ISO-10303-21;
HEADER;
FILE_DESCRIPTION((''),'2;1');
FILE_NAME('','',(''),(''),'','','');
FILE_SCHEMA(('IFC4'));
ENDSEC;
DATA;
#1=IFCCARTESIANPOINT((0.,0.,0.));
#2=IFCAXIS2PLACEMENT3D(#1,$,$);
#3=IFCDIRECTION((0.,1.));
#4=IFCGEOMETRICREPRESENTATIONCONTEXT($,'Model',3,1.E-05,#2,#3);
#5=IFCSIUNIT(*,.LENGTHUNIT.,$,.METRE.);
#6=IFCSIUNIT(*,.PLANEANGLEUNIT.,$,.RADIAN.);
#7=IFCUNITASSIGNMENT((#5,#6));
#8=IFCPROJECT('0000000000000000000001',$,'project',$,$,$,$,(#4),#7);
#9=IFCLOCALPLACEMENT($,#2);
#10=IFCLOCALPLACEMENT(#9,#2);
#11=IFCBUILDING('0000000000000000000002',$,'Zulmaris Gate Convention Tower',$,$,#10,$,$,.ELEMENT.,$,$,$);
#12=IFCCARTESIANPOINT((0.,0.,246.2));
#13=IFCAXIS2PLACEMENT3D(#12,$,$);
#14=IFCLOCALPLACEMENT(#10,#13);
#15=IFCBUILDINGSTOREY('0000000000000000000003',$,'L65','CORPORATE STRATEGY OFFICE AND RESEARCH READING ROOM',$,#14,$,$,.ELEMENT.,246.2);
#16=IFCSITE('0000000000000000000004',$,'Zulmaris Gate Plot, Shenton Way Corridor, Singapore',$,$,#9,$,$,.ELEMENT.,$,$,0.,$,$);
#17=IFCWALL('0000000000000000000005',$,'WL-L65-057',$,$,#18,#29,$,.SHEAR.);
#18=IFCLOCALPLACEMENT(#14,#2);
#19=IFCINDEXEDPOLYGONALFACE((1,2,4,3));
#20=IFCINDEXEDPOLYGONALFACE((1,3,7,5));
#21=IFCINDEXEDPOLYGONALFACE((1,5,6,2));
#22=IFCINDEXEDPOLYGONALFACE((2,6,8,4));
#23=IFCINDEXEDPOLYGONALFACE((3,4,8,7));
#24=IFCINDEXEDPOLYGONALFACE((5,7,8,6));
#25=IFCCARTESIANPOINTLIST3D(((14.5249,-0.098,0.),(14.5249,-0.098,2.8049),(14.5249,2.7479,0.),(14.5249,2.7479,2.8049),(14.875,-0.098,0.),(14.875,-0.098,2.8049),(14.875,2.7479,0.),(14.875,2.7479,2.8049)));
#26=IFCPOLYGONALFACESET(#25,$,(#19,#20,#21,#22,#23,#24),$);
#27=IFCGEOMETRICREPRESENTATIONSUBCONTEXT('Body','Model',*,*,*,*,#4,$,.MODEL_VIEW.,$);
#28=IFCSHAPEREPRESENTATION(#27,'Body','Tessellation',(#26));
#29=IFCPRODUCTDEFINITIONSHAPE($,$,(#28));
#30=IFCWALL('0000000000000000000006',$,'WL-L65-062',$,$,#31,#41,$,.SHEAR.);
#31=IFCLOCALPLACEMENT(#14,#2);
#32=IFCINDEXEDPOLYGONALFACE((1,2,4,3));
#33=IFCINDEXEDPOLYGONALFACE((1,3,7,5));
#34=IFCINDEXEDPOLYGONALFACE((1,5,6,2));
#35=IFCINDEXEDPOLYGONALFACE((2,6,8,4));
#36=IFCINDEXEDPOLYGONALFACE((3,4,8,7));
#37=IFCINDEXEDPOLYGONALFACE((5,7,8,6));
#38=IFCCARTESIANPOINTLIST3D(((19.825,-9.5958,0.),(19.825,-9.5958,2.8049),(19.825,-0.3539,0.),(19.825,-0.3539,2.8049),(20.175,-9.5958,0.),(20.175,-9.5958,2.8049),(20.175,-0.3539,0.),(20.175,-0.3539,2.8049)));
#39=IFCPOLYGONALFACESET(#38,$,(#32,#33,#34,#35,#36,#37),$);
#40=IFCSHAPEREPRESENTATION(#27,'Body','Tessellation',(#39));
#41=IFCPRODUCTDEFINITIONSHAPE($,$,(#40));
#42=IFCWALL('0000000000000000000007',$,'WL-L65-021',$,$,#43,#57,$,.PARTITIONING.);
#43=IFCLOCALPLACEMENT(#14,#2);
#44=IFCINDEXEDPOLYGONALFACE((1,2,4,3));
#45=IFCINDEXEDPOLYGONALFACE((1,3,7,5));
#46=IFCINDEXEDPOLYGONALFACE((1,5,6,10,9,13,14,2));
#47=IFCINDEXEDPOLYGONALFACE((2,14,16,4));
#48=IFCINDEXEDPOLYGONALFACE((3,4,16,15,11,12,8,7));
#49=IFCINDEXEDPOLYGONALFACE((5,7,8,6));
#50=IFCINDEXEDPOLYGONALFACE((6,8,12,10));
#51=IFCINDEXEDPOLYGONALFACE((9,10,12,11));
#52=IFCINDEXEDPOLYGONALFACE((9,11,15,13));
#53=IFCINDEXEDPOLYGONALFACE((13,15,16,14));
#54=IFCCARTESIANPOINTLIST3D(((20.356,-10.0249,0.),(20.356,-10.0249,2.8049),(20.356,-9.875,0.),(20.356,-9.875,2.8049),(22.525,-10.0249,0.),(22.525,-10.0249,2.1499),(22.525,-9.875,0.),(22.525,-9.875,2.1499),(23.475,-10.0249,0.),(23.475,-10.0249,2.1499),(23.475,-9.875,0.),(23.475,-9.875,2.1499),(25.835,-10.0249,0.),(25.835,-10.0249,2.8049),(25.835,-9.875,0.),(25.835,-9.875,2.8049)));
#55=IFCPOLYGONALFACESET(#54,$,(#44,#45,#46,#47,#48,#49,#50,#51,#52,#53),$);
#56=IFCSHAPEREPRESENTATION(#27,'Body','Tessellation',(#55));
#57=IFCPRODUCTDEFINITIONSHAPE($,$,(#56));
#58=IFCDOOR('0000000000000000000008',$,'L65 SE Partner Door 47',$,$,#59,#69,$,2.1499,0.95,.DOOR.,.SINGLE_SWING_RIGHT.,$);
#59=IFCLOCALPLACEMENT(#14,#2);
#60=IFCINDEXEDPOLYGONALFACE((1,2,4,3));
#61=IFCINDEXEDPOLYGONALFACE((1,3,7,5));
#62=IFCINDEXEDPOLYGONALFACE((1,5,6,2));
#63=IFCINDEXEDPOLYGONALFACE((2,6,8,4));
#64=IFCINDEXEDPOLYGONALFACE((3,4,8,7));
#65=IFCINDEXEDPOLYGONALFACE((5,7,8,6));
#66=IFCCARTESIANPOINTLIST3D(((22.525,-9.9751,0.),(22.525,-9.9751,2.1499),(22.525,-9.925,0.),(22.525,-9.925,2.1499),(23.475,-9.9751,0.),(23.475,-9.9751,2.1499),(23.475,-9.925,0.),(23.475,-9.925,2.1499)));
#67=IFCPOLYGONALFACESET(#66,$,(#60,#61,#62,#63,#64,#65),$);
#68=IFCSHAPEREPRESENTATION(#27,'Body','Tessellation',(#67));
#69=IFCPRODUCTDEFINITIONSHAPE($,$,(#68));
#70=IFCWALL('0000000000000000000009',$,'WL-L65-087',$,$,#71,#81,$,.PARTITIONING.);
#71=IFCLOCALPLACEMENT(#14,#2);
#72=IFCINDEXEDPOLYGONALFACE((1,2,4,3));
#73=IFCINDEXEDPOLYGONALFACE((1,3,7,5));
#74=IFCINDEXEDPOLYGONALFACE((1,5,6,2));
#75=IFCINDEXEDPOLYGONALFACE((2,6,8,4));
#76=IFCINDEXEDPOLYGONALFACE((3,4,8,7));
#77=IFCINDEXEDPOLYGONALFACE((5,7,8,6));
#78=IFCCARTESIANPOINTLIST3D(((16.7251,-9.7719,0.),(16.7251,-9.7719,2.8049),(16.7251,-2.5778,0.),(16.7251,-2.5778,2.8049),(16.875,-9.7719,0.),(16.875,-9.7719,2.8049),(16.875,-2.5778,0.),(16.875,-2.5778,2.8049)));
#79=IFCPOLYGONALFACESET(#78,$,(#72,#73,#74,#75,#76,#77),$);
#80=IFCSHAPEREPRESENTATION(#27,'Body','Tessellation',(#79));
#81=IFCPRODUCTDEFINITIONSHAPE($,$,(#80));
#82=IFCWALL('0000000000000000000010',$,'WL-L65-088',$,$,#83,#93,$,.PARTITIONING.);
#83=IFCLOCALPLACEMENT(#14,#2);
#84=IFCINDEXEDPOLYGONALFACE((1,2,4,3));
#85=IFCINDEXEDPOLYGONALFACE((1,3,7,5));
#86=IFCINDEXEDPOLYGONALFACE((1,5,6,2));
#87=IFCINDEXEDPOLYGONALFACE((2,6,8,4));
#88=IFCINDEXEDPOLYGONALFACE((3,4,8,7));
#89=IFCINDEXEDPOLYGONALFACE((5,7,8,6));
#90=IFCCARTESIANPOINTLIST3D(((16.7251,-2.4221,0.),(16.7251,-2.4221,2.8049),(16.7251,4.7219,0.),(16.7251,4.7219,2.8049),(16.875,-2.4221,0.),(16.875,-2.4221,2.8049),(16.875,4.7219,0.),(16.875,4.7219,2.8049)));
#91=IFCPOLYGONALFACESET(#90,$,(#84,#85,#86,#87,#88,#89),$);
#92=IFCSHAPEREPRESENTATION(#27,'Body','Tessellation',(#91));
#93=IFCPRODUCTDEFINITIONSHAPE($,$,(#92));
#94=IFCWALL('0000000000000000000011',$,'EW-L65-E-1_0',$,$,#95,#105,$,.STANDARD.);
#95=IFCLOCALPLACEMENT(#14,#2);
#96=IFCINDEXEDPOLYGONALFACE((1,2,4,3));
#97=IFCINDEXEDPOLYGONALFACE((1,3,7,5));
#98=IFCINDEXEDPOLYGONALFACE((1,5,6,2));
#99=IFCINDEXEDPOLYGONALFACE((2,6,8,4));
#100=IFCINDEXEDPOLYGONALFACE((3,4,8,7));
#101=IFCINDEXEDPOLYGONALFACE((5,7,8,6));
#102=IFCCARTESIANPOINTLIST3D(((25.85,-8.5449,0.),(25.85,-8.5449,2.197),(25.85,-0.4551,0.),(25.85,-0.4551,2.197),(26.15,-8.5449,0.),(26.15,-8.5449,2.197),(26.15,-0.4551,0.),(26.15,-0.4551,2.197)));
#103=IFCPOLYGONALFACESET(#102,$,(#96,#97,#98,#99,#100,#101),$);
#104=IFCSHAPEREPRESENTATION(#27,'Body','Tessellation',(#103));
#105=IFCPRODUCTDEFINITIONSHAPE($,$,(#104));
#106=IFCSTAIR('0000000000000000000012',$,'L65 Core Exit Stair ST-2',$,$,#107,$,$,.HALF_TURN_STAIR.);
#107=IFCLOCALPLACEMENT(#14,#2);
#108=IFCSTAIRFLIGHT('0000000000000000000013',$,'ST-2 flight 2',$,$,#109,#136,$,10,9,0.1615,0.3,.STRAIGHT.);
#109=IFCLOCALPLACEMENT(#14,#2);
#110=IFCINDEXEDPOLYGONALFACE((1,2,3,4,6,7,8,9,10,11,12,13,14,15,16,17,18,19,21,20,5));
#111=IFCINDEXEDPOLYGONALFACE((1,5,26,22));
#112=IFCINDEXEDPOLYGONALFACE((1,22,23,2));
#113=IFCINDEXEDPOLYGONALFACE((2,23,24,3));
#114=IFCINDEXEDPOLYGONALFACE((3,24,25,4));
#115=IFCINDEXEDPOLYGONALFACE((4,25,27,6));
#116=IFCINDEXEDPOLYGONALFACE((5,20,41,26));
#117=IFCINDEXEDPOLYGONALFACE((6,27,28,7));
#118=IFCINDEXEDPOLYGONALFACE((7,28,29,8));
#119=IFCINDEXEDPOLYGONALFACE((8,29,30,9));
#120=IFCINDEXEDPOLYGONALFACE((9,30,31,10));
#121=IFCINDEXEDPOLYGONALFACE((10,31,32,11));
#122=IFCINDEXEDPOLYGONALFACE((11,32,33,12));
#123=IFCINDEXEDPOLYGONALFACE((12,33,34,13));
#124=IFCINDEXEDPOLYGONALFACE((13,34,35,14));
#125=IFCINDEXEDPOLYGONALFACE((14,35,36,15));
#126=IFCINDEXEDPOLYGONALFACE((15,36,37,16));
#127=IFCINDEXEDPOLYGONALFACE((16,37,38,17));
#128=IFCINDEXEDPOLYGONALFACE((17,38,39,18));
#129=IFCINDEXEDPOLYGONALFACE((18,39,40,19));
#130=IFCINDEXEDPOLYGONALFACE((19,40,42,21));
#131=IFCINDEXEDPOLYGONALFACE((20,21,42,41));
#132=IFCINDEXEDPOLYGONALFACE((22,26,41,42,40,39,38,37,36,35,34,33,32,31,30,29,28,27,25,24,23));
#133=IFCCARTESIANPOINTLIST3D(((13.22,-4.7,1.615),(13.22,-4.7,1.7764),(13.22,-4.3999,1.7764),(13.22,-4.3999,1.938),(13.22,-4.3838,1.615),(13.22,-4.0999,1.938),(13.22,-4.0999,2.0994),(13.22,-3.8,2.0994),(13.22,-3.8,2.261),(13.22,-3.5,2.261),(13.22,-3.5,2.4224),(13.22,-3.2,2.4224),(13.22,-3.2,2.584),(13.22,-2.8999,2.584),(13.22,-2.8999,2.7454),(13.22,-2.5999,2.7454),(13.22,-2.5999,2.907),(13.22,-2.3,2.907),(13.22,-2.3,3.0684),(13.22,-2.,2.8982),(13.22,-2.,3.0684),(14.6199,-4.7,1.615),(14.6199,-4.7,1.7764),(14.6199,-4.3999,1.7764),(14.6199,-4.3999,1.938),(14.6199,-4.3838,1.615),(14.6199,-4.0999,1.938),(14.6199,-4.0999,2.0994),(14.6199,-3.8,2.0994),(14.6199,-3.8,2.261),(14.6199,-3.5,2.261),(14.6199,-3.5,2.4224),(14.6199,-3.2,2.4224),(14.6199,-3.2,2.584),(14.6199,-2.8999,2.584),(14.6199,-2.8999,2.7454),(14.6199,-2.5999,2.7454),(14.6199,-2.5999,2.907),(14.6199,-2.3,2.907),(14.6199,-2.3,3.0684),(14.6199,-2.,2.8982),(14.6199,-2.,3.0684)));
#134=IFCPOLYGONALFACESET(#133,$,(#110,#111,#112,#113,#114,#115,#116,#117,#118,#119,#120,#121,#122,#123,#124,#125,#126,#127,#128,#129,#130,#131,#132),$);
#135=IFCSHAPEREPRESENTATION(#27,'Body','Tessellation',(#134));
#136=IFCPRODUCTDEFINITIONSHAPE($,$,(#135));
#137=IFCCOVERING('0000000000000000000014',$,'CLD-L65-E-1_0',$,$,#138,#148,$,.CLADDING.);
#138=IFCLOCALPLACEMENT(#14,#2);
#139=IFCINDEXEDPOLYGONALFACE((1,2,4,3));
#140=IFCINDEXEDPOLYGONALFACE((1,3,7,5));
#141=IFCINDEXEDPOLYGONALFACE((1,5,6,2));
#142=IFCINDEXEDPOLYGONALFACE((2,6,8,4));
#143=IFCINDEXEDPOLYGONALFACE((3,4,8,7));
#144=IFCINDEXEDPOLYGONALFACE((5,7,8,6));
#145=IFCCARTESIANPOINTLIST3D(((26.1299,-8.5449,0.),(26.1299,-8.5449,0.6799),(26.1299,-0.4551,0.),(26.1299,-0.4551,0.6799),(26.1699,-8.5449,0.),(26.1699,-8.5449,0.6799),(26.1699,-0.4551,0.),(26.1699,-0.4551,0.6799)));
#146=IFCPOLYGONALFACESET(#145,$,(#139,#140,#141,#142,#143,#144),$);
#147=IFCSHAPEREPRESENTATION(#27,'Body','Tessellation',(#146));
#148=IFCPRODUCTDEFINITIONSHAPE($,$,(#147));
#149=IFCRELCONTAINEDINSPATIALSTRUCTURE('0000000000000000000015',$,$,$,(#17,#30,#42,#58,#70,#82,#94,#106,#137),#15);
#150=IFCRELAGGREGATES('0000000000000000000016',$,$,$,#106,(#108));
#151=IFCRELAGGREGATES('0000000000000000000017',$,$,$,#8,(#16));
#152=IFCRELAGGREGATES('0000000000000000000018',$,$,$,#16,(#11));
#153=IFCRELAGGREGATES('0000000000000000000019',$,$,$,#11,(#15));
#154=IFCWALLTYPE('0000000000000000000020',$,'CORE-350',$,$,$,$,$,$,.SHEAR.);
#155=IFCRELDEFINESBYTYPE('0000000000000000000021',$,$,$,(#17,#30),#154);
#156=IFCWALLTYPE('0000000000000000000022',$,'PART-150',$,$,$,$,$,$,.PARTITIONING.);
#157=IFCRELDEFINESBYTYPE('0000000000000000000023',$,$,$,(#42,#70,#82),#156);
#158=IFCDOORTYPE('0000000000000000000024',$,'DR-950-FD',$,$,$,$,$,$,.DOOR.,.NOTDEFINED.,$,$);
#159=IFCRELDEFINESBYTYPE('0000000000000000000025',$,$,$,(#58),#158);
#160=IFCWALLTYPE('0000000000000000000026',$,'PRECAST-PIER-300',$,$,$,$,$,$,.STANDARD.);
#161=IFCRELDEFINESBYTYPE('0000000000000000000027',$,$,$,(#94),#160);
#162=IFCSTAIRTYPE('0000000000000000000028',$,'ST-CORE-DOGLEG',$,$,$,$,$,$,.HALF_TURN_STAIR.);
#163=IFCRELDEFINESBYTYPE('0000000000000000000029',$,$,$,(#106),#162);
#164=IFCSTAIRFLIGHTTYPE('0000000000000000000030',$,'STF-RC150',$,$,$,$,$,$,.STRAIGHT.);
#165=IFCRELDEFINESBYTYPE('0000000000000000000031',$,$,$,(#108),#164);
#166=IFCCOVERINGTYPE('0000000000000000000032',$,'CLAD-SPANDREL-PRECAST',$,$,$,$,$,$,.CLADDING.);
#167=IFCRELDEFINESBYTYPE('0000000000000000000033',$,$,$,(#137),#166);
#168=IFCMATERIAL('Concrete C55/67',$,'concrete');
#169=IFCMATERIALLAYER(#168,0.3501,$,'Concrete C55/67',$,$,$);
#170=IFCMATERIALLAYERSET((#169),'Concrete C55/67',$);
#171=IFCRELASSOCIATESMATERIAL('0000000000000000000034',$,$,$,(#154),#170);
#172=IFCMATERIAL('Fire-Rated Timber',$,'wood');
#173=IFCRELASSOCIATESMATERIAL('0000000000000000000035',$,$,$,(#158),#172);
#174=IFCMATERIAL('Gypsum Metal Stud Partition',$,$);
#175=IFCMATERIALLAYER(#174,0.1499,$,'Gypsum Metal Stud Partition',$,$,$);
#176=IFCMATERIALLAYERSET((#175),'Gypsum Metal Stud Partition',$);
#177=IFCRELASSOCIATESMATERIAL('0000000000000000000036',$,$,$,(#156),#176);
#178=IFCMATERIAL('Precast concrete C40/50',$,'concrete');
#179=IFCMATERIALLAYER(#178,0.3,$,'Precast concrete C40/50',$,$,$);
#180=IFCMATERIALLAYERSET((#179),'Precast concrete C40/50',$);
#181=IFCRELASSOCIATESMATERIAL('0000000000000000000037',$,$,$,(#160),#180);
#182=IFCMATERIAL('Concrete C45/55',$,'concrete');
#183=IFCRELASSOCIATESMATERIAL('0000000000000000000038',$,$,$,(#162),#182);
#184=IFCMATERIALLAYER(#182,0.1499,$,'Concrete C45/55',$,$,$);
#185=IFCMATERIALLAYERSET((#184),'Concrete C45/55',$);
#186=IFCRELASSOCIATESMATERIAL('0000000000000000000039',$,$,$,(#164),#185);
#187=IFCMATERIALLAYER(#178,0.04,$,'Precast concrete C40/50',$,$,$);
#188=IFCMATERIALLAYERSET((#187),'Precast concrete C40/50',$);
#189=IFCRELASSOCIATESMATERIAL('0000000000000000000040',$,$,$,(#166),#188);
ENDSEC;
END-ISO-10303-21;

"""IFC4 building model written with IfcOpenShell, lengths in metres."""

from ifc_helpers import new_model, si_unit, direction, frame, frame_2d, origin, place, context, subcontext, project, spatial, polyline, rectangle, outline, extrude, material, layer, layer_set, type_object, element, fill, aggregate, save


model = new_model("IFC4")

# Units and contexts
model_context = context("Model", 3, precision=1e-05, world=origin(), true_north=direction((0.0, 1.0)))
body_context = subcontext(model_context, "Body", "Model", "MODEL_VIEW")
ifc_project = project(units=[si_unit("LENGTHUNIT", "METRE"), si_unit("PLANEANGLEUNIT", "RADIAN")], contexts=[model_context])

# Site, building, storey
site_placement = place(None, origin())
site = spatial("IfcSite", under=ifc_project, at=site_placement, Name="Zulmaris Gate Plot, Shenton Way Corridor, Singapore", CompositionType="ELEMENT", RefElevation=0.0)
building_placement = place(site_placement, origin())
building = spatial("IfcBuilding", under=site, at=building_placement, Name="Zulmaris Gate Convention Tower", CompositionType="ELEMENT")
storey_placement = place(building_placement, frame((0.0, 0.0, 246.2)))
storey = spatial("IfcBuildingStorey", under=building, at=storey_placement, Name="L65", Description="CORPORATE STRATEGY OFFICE AND RESEARCH READING ROOM", CompositionType="ELEMENT", Elevation=246.2)

# Shared definitions
ifc_material_1 = material(Name="Concrete C55/67", Category="concrete")
ifc_layer_1 = layer(ifc_material_1, 0.3501, Name="Concrete C55/67")
ifc_layer_set_1 = layer_set([ifc_layer_1], Name="Concrete C55/67")
wall_type_1 = type_object("IfcWallType", Name="CORE-350", PredefinedType="SHEAR", material=ifc_layer_set_1)
ifc_material_2 = material(Name="Fire-Rated Timber", Category="wood")
door_type_1 = type_object("IfcDoorType", Name="DR-950-FD", OperationType="NOTDEFINED", PredefinedType="DOOR", material=ifc_material_2)

# Walls
wall_1_placement = place(storey_placement, frame((14.7, -0.0979, 0.0), z_axis=(0.0, 0.0, 1.0), x_axis=(0.0, 1.0, 0.0)))
element("IfcWall", 1, at=wall_1_placement, inside=storey, type_object=wall_type_1, Name="WL-L65-057", PredefinedType="SHEAR", context=body_context, shape_type="SweptSolid", body=[
    extrude(rectangle(XDim=2.8459, YDim=0.3501, at=frame_2d((1.4229, 0.0))), origin(), (0.0, 0.0, 1.0), 2.8049),
])
wall_2_placement = place(storey_placement, frame((20.0, -9.5959, 0.0), z_axis=(0.0, 0.0, 1.0), x_axis=(0.0, 1.0, 0.0)))
element("IfcWall", 2, at=wall_2_placement, inside=storey, type_object=wall_type_1, Name="WL-L65-062", PredefinedType="SHEAR", context=body_context, shape_type="SweptSolid", body=[
    extrude(rectangle(XDim=9.2419, YDim=0.3501, at=frame_2d((4.6211, 0.0))), origin(), (0.0, 0.0, 1.0), 2.8049),
])

# Wall, opening, door
ifc_material_3 = material(Name="Gypsum Metal Stud Partition")
ifc_layer_2 = layer(ifc_material_3, 0.1499, Name="Gypsum Metal Stud Partition")
ifc_layer_set_2 = layer_set([ifc_layer_2], Name="Gypsum Metal Stud Partition")
wall_type_2 = type_object("IfcWallType", Name="PART-150", PredefinedType="PARTITIONING", material=ifc_layer_set_2)
wall_3_placement = place(storey_placement, frame((20.356, -9.95, 0.0), z_axis=(0.0, 0.0, 1.0), x_axis=(1.0, 0.0, 0.0)))
wall_3 = element("IfcWall", 3, at=wall_3_placement, inside=storey, type_object=wall_type_2, Name="WL-L65-021", PredefinedType="PARTITIONING", context=body_context, shape_type="SweptSolid", body=[
    extrude(rectangle(XDim=5.479, YDim=0.1499, at=frame_2d((2.7395, 0.0))), origin(), (0.0, 0.0, 1.0), 2.8049),
])
opening_1_placement = place(wall_3_placement, frame((2.1689, 0.0, 0.0)))
opening_1 = element("IfcOpeningElement", 4, at=opening_1_placement, cuts=wall_3, PredefinedType="OPENING", context=body_context, shape_type="SweptSolid", body=[
    extrude(rectangle(XDim=0.95, YDim=2.1499, at=frame_2d((0.4751, 1.075))), frame((0.0, 0.085, 0.0), z_axis=(0.0, -1.0, 0.0), x_axis=(1.0, 0.0, 0.0)), (0.0, 0.0, 1.0), 0.1699),
])
door_1_placement = place(opening_1_placement, origin())
door_1 = element("IfcDoor", 5, at=door_1_placement, inside=storey, type_object=door_type_1, Name="L65 SE Partner Door 47", OperationType="SINGLE_SWING_RIGHT", OverallHeight=2.1499, OverallWidth=0.95, PredefinedType="DOOR", context=body_context, shape_type="SweptSolid", body=[
    extrude(rectangle(XDim=0.95, YDim=2.1499, at=frame_2d((0.4751, 1.075))), frame((0.0, 0.0249, 0.0), z_axis=(0.0, -1.0, 0.0), x_axis=(1.0, 0.0, 0.0)), (0.0, 0.0, 1.0), 0.05),
])
fill(opening_1, door_1)

# Walls
wall_4_placement = place(storey_placement, frame((16.8, -9.772, 0.0), z_axis=(0.0, 0.0, 1.0), x_axis=(0.0, 1.0, 0.0)))
element("IfcWall", 6, at=wall_4_placement, inside=storey, type_object=wall_type_2, Name="WL-L65-087", PredefinedType="PARTITIONING", context=body_context, shape_type="SweptSolid", body=[
    extrude(rectangle(XDim=7.1941, YDim=0.1499, at=frame_2d((3.5972, 0.0))), origin(), (0.0, 0.0, 1.0), 2.8049),
])
wall_5_placement = place(storey_placement, frame((16.8, -2.4221, 0.0), z_axis=(0.0, 0.0, 1.0), x_axis=(0.0, 1.0, 0.0)))
element("IfcWall", 7, at=wall_5_placement, inside=storey, type_object=wall_type_2, Name="WL-L65-088", PredefinedType="PARTITIONING", context=body_context, shape_type="SweptSolid", body=[
    extrude(rectangle(XDim=7.144, YDim=0.1499, at=frame_2d((3.572, 0.0))), origin(), (0.0, 0.0, 1.0), 2.8049),
])
ifc_material_4 = material(Name="Precast concrete C40/50", Category="concrete")
ifc_layer_3 = layer(ifc_material_4, 0.3, Name="Precast concrete C40/50")
ifc_layer_set_3 = layer_set([ifc_layer_3], Name="Precast concrete C40/50")
wall_type_3 = type_object("IfcWallType", Name="PRECAST-PIER-300", PredefinedType="STANDARD", material=ifc_layer_set_3)
wall_6_placement = place(storey_placement, frame((26.0, -8.5449, 0.0), z_axis=(0.0, 0.0, 1.0), x_axis=(0.0, 1.0, 0.0)))
element("IfcWall", 8, at=wall_6_placement, inside=storey, type_object=wall_type_3, Name="EW-L65-E-1_0", PredefinedType="STANDARD", context=body_context, shape_type="SweptSolid", body=[
    extrude(rectangle(XDim=8.0898, YDim=0.3, at=frame_2d((4.0449, 0.0))), origin(), (0.0, 0.0, 1.0), 2.197),
])

# Stair, stair flight
ifc_material_5 = material(Name="Concrete C45/55", Category="concrete")
stair_type = type_object("IfcStairType", Name="ST-CORE-DOGLEG", PredefinedType="HALF_TURN_STAIR", material=ifc_material_5)
stair_placement = place(storey_placement, origin())
stair = element("IfcStair", 9, at=stair_placement, inside=storey, type_object=stair_type, Name="L65 Core Exit Stair ST-2", PredefinedType="HALF_TURN_STAIR")
ifc_layer_4 = layer(ifc_material_5, 0.1499, Name="Concrete C45/55")
ifc_layer_set_4 = layer_set([ifc_layer_4], Name="Concrete C45/55")
stair_flight_type = type_object("IfcStairFlightType", Name="STF-RC150", PredefinedType="STRAIGHT", material=ifc_layer_set_4)
stair_flight_placement = place(storey_placement, frame((13.9199, -4.7, 1.615), z_axis=(0.0, 0.0, 1.0), x_axis=(0.0, 1.0, 0.0)))
stair_flight = element("IfcStairFlight", 10, at=stair_flight_placement, type_object=stair_flight_type, Name="ST-2 flight 2", NumberOfRisers=10, NumberOfTreads=9, PredefinedType="STRAIGHT", RiserHeight=0.1615, TreadLength=0.3, context=body_context, shape_type="SweptSolid", body=[
    extrude(outline(polyline([(0.0, 0.0), (0.0, 0.1614), (0.3, 0.1614), (0.3, 0.323), (0.6001, 0.323), (0.6001, 0.4844), (0.8999, 0.4844), (0.8999, 0.646), (1.2, 0.646), (1.2, 0.8074), (1.5, 0.8074), (1.5, 0.969), (1.8, 0.969), (1.8, 1.1304), (2.1001, 1.1304), (2.1001, 1.292), (2.3999, 1.292), (2.3999, 1.4534), (2.7, 1.4534), (2.7, 1.615), (2.7, 1.2832), (0.3162, 0.0), (0.0, 0.0)])), frame((0.0, 0.7, 0.0), z_axis=(0.0, -1.0, 0.0), x_axis=(1.0, 0.0, 0.0)), (0.0, 0.0, 1.0), 1.3999),
])
aggregate(stair, [stair_flight])

# Covering
ifc_layer_5 = layer(ifc_material_4, 0.04, Name="Precast concrete C40/50")
ifc_layer_set_5 = layer_set([ifc_layer_5], Name="Precast concrete C40/50")
covering_type = type_object("IfcCoveringType", Name="CLAD-SPANDREL-PRECAST", PredefinedType="CLADDING", material=ifc_layer_set_5)
covering_placement = place(storey_placement, frame((26.1499, -8.5449, 0.0), z_axis=(0.0, 0.0, 1.0), x_axis=(0.0, 1.0, 0.0)))
element("IfcCovering", 11, at=covering_placement, inside=storey, type_object=covering_type, Name="CLD-L65-E-1_0", PredefinedType="CLADDING", context=body_context, shape_type="SweptSolid", body=[
    extrude(rectangle(XDim=8.0898, YDim=0.04, at=frame_2d((4.0449, 0.0))), origin(), (0.0, 0.0, 1.0), 0.6799),
])

save(model, "model.ifc")
